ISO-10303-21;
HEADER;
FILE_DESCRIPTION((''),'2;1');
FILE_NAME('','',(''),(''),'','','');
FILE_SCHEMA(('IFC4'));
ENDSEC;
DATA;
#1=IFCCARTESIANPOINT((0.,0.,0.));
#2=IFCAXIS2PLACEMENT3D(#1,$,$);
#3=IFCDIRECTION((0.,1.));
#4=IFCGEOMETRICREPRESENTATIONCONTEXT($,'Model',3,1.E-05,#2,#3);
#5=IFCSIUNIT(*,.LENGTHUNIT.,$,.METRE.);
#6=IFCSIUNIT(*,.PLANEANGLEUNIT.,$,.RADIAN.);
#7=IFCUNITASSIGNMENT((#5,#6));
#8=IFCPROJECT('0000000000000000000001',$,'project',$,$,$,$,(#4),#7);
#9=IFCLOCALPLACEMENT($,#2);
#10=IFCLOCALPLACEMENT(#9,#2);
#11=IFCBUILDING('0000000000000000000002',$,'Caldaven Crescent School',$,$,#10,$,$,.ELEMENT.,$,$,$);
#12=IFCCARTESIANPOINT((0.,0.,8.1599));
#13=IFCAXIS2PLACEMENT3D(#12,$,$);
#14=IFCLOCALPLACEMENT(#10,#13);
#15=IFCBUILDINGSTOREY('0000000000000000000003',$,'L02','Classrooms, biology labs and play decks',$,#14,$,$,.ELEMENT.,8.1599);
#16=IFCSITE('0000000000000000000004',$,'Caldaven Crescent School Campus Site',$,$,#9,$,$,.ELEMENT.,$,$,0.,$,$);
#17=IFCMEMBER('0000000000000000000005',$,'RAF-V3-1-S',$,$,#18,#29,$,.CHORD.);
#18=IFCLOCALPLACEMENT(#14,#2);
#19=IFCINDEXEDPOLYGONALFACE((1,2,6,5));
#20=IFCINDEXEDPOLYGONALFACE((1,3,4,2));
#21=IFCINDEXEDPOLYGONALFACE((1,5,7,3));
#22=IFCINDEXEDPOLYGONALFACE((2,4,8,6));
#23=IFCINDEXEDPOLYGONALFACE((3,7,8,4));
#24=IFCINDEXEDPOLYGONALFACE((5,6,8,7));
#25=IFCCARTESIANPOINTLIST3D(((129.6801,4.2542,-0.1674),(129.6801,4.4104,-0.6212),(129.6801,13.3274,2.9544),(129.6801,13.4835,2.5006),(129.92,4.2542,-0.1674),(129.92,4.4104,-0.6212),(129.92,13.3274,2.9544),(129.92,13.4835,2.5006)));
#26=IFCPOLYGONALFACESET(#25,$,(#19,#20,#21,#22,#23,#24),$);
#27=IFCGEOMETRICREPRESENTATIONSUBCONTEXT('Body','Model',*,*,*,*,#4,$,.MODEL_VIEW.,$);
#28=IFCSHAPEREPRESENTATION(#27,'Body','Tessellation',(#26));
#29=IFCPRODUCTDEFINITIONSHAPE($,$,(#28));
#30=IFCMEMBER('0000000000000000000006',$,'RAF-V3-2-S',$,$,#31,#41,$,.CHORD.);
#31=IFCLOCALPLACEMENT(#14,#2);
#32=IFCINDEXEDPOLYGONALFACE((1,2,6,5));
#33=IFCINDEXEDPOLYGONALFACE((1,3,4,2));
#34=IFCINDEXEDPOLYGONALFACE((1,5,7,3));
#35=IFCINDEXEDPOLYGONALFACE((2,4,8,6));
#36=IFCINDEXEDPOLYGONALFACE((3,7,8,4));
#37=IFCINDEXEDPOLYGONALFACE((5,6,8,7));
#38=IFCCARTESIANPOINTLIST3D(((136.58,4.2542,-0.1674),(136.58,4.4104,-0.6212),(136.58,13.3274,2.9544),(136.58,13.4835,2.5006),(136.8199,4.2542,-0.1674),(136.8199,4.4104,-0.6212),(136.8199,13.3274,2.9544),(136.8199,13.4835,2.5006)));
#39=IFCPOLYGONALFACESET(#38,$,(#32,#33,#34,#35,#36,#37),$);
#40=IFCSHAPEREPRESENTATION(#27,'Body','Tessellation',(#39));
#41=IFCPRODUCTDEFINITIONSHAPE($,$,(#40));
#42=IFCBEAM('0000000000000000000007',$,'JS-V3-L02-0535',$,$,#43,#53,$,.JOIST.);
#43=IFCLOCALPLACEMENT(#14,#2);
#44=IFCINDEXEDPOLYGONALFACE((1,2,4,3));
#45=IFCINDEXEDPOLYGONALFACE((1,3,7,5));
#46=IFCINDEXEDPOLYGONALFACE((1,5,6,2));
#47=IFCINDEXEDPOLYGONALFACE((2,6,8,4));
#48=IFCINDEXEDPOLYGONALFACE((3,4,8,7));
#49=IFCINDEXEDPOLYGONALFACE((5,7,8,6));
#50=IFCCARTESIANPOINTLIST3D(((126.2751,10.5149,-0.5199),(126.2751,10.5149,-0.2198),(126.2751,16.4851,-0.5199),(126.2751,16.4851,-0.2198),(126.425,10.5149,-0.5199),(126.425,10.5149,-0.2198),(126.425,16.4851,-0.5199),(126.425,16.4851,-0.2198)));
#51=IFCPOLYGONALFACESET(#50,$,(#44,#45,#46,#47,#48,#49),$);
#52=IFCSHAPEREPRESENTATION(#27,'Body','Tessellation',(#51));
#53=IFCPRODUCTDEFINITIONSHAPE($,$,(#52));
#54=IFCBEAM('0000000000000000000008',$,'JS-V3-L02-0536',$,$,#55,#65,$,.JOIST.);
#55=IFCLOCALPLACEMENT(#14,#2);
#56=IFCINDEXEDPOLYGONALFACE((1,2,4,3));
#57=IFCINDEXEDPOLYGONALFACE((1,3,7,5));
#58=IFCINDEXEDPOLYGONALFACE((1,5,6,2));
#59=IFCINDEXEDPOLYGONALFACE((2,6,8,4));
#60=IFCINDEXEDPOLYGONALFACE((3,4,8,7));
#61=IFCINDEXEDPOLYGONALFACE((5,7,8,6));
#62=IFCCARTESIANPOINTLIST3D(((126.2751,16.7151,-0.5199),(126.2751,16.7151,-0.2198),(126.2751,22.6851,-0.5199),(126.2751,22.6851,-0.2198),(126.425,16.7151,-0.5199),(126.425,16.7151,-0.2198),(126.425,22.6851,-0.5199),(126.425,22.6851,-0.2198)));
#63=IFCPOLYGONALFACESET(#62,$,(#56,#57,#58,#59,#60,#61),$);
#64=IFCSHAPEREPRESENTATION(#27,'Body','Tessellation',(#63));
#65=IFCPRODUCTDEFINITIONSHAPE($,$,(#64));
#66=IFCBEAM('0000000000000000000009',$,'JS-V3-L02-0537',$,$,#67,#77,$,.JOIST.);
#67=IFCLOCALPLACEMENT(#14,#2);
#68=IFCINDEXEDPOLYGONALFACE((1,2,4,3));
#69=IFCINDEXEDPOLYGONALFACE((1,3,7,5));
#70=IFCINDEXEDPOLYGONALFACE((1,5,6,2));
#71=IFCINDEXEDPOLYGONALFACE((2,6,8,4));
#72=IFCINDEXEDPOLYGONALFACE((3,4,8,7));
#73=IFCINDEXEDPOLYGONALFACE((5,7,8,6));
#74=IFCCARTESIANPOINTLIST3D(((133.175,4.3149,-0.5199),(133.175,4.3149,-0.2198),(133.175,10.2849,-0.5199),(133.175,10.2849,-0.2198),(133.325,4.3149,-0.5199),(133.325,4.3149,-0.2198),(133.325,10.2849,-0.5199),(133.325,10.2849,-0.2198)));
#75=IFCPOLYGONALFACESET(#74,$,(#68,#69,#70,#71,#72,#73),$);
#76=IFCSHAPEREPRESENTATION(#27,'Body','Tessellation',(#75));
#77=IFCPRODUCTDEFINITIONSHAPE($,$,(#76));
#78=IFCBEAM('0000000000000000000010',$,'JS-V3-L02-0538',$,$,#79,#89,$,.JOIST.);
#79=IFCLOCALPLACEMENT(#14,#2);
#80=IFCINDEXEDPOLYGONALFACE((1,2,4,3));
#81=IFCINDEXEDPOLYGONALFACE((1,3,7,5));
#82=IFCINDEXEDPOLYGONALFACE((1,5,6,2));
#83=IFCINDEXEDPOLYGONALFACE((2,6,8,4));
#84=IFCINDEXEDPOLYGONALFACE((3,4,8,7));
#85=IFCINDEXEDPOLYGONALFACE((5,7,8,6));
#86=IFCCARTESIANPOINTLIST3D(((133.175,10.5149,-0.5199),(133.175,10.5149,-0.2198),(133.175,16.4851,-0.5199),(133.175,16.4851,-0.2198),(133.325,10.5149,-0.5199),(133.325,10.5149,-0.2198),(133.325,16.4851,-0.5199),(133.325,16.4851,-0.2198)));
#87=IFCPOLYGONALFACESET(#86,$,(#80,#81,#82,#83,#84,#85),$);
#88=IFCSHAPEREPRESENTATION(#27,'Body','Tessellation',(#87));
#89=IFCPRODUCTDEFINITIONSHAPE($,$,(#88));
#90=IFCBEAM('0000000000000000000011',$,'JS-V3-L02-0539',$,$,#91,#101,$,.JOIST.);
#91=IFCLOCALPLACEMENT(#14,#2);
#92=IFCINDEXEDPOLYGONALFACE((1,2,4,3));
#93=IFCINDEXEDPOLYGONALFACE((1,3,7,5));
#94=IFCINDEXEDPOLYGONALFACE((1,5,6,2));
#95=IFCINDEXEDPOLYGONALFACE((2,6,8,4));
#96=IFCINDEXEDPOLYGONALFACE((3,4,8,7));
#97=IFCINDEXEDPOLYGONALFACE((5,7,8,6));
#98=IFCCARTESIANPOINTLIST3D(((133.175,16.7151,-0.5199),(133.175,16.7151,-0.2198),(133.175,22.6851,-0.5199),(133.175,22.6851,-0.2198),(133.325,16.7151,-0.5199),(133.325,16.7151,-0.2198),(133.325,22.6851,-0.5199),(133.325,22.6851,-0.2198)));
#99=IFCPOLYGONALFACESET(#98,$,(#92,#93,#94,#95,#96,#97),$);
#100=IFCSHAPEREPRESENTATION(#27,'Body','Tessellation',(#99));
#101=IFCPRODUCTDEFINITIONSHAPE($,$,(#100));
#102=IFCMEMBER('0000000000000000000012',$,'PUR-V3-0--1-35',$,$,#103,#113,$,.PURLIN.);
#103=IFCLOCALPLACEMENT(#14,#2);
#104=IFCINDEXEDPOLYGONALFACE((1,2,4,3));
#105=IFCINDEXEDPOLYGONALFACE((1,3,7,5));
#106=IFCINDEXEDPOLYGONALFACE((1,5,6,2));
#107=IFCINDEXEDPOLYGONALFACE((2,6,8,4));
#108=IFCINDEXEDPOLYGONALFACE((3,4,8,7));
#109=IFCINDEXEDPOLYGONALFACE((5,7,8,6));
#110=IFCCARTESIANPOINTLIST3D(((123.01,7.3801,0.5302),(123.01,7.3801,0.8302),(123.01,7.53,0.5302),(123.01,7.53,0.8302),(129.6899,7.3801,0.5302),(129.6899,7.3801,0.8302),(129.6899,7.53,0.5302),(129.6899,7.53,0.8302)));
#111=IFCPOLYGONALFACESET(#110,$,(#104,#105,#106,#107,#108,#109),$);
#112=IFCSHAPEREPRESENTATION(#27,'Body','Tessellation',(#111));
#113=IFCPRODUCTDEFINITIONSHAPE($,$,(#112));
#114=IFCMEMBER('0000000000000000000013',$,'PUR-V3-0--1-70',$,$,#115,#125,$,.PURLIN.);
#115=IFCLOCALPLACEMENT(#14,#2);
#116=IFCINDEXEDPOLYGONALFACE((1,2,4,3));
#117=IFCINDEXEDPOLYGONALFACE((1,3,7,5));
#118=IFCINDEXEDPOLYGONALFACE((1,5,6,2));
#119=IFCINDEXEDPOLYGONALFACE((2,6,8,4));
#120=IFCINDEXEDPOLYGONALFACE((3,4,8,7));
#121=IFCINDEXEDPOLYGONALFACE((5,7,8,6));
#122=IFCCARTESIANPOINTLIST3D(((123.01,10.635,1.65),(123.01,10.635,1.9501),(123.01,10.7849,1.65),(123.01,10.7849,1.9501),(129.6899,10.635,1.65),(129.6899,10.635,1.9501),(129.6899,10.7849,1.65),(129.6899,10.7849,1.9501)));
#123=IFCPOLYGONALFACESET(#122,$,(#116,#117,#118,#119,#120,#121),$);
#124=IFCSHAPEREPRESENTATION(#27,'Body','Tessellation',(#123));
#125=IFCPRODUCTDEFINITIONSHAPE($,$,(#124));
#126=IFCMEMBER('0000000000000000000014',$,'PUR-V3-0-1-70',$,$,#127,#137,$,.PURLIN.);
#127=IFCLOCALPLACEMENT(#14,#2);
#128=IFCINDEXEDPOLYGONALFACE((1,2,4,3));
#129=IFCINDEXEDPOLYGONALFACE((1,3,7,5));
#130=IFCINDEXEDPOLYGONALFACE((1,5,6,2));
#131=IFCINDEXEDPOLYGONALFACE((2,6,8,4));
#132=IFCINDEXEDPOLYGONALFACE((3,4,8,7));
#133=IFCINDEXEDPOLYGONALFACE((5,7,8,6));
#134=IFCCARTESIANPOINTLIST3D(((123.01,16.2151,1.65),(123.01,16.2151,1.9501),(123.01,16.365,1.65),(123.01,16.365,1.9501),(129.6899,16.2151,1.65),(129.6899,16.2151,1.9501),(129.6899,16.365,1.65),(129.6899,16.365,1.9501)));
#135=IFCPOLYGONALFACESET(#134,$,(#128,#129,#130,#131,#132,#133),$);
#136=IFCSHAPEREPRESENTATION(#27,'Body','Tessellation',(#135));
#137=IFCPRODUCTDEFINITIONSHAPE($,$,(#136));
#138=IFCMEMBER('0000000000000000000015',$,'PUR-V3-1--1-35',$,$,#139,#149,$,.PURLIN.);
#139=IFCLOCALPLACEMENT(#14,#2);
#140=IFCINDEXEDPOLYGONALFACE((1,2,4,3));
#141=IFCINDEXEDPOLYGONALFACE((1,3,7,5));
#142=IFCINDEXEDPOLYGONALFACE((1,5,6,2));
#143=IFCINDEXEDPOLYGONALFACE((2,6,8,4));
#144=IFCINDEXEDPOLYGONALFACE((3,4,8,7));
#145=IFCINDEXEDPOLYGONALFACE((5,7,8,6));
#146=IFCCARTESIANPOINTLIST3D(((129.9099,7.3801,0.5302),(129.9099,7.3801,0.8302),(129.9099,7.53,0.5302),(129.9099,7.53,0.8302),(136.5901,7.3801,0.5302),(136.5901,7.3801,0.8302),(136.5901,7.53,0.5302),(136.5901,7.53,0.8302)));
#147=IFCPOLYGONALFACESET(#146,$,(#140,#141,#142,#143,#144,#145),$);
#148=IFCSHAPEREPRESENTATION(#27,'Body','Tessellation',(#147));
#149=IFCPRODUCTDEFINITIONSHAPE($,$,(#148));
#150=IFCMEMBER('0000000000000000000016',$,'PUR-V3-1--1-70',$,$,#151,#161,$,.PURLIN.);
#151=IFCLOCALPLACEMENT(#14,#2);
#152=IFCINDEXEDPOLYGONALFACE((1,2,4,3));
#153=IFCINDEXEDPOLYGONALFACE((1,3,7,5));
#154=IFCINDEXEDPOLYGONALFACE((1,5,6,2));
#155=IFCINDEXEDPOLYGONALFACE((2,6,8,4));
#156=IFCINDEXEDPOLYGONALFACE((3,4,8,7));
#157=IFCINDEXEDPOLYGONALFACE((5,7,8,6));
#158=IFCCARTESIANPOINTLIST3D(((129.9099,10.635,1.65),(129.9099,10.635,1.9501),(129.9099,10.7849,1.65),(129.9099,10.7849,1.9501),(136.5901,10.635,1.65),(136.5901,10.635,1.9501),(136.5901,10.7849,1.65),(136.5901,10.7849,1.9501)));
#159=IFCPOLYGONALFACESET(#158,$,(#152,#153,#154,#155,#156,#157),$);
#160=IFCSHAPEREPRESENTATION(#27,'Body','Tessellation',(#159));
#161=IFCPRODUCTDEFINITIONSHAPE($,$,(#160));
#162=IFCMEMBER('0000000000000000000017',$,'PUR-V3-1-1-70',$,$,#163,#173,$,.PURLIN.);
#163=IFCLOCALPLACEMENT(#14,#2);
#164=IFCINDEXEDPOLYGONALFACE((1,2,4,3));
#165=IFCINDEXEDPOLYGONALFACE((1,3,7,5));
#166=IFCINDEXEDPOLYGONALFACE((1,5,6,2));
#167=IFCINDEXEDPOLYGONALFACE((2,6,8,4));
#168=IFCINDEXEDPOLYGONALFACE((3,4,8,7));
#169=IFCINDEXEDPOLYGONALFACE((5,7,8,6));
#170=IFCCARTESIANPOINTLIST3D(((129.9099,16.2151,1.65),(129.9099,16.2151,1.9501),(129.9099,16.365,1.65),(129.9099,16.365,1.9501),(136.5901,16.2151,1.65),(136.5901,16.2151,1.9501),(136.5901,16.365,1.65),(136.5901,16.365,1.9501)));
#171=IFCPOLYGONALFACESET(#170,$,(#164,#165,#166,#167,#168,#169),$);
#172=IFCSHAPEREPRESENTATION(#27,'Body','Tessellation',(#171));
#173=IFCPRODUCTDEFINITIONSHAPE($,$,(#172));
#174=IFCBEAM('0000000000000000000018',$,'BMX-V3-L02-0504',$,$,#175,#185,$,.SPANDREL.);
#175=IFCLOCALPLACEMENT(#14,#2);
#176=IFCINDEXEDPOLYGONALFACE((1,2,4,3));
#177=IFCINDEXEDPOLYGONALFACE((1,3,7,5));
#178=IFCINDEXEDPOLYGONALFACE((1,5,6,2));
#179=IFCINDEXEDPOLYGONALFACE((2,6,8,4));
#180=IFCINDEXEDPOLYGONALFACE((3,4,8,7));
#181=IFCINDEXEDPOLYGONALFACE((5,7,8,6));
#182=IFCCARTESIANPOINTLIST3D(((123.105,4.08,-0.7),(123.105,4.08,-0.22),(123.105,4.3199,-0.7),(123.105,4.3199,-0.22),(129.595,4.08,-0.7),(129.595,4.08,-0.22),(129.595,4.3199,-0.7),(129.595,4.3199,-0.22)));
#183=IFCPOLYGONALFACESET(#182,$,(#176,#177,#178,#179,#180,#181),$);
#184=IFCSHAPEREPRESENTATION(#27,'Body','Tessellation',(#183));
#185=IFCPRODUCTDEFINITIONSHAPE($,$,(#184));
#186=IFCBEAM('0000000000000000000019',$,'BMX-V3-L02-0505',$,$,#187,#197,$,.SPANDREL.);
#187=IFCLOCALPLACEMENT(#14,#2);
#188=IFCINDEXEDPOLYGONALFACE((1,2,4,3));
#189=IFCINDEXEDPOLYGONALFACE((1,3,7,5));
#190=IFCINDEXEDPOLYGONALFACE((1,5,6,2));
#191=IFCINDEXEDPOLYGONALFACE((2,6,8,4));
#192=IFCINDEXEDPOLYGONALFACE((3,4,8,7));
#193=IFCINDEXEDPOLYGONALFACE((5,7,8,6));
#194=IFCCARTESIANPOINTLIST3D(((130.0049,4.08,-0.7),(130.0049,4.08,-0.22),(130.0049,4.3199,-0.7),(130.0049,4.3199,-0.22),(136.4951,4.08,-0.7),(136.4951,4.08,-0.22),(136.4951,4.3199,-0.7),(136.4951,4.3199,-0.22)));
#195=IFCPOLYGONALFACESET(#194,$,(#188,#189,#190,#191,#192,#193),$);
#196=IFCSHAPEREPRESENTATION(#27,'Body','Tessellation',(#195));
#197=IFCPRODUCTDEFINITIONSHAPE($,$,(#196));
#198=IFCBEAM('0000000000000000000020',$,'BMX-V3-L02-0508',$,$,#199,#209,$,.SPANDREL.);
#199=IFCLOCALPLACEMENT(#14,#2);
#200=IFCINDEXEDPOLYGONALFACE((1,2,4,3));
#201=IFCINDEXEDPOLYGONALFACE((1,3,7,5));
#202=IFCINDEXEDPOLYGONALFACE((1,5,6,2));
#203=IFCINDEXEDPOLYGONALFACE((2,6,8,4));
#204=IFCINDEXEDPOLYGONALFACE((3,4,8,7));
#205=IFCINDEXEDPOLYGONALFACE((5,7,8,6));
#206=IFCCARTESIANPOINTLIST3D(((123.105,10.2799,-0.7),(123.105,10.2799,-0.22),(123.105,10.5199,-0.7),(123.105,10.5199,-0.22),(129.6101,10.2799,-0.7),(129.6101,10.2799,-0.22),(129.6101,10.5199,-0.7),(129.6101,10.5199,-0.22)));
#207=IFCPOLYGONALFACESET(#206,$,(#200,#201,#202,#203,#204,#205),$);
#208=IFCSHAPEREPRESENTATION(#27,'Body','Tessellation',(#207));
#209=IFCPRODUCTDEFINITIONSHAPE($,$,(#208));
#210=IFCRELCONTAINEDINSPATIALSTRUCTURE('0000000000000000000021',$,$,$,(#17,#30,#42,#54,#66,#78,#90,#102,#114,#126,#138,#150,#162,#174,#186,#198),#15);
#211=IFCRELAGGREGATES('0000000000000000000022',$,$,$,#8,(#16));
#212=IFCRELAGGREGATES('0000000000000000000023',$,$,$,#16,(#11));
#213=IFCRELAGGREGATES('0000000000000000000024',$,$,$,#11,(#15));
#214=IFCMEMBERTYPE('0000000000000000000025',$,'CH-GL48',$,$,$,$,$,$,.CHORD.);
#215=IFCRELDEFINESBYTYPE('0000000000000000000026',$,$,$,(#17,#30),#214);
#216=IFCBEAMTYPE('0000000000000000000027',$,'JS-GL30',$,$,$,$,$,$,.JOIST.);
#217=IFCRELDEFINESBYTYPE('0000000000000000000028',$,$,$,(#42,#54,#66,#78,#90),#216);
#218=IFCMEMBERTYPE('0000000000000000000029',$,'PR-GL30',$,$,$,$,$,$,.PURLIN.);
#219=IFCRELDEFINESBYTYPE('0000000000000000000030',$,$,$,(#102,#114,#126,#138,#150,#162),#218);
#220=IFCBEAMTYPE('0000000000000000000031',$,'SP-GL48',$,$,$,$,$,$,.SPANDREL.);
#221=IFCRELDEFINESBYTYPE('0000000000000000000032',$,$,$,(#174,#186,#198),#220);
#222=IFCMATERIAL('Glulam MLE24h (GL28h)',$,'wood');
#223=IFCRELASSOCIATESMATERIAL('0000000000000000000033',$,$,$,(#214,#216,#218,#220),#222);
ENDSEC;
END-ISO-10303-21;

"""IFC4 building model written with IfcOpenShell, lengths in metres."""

from ifc_helpers import new_model, si_unit, direction, frame, origin, origin_2d, place, context, subcontext, project, spatial, rectangle, extrude, material, material_profile, profile_set, type_object, element, save


model = new_model("IFC4")

# Units and contexts
model_context = context("Model", 3, precision=1e-05, world=origin(), true_north=direction((0.0, 1.0)))
body_context = subcontext(model_context, "Body", "Model", "MODEL_VIEW")
ifc_project = project(units=[si_unit("LENGTHUNIT", "METRE"), si_unit("PLANEANGLEUNIT", "RADIAN")], contexts=[model_context])

# Site, building, storey
site_placement = place(None, origin())
site = spatial("IfcSite", under=ifc_project, at=site_placement, Name="Caldaven Crescent School Campus Site", CompositionType="ELEMENT", RefElevation=0.0)
building_placement = place(site_placement, origin())
building = spatial("IfcBuilding", under=site, at=building_placement, Name="Caldaven Crescent School", CompositionType="ELEMENT")
storey_placement = place(building_placement, frame((0.0, 0.0, 8.1599)))
storey = spatial("IfcBuildingStorey", under=building, at=storey_placement, Name="L02", Description="Classrooms, biology labs and play decks", CompositionType="ELEMENT", Elevation=8.1599)

# Shared definitions
ifc_material_1 = material(Name="Glulam MLE24h (GL28h)", Category="wood")

# Members
ifc_material_profile_1 = material_profile(ifc_material_1, rectangle(XDim=0.24, YDim=0.48, at=origin_2d()), Name="MLE 240x480")
ifc_profile_set_1 = profile_set([ifc_material_profile_1], Name="Glulam MLE24h (GL28h)")
member_type_1 = type_object("IfcMemberType", Name="CH-GL48", PredefinedType="CHORD", material=ifc_profile_set_1)
for number, where, z_axis, x_axis, name in (
    (1, (129.8, 4.3323, -0.3943), (0.0, 0.945594, 0.32535), (-1.0, 0.0, 0.0), "RAF-V3-1-S"),
    (2, (136.7, 4.3323, -0.3943), (0.0, 0.945594, 0.32535), (-1.0, 0.0, 0.0), "RAF-V3-2-S"),
):
    element("IfcMember", number, at=place(storey_placement, frame(where, z_axis=z_axis, x_axis=x_axis)), inside=storey, type_object=member_type_1, Name=name, PredefinedType="CHORD", context=body_context, shape_type="SweptSolid", body=[
        extrude(rectangle(XDim=0.24, YDim=0.48, at=origin_2d()), origin(), (0.0, 0.0, 1.0), 9.5952),
    ])

# Beams
ifc_material_profile_2 = material_profile(ifc_material_1, rectangle(XDim=0.1499, YDim=0.3, at=origin_2d()), Name="MLE 150x300")
ifc_profile_set_2 = profile_set([ifc_material_profile_2], Name="Glulam MLE24h (GL28h)")
beam_type_1 = type_object("IfcBeamType", Name="JS-GL30", PredefinedType="JOIST", material=ifc_profile_set_2)
beam_1_placement = place(storey_placement, frame((126.3501, 10.5149, -0.3699), z_axis=(0.0, 1.0, 0.0), x_axis=(-1.0, 0.0, 0.0)))
element("IfcBeam", 3, at=beam_1_placement, inside=storey, type_object=beam_type_1, Name="JS-V3-L02-0535", PredefinedType="JOIST", context=body_context, shape_type="SweptSolid", body=[
    extrude(rectangle(XDim=0.1499, YDim=0.3, at=origin_2d()), origin(), (0.0, 0.0, 1.0), 5.9702),
])
for number, where, z_axis, x_axis, name in (
    (4, (126.3501, 16.7151, -0.3699), (0.0, 1.0, 0.0), (-1.0, 0.0, 0.0), "JS-V3-L02-0536"),
    (5, (133.25, 4.3149, -0.3699), (0.0, 1.0, 0.0), (-1.0, 0.0, 0.0), "JS-V3-L02-0537"),
):
    element("IfcBeam", number, at=place(storey_placement, frame(where, z_axis=z_axis, x_axis=x_axis)), inside=storey, type_object=beam_type_1, Name=name, PredefinedType="JOIST", context=body_context, shape_type="SweptSolid", body=[
        extrude(rectangle(XDim=0.1499, YDim=0.3, at=origin_2d()), origin(), (0.0, 0.0, 1.0), 5.97),
    ])
beam_2_placement = place(storey_placement, frame((133.25, 10.5149, -0.3699), z_axis=(0.0, 1.0, 0.0), x_axis=(-1.0, 0.0, 0.0)))
element("IfcBeam", 6, at=beam_2_placement, inside=storey, type_object=beam_type_1, Name="JS-V3-L02-0538", PredefinedType="JOIST", context=body_context, shape_type="SweptSolid", body=[
    extrude(rectangle(XDim=0.1499, YDim=0.3, at=origin_2d()), origin(), (0.0, 0.0, 1.0), 5.9702),
])
beam_3_placement = place(storey_placement, frame((133.25, 16.7151, -0.3699), z_axis=(0.0, 1.0, 0.0), x_axis=(-1.0, 0.0, 0.0)))
element("IfcBeam", 7, at=beam_3_placement, inside=storey, type_object=beam_type_1, Name="JS-V3-L02-0539", PredefinedType="JOIST", context=body_context, shape_type="SweptSolid", body=[
    extrude(rectangle(XDim=0.1499, YDim=0.3, at=origin_2d()), origin(), (0.0, 0.0, 1.0), 5.97),
])

# Members
ifc_material_profile_3 = material_profile(ifc_material_1, rectangle(XDim=0.1499, YDim=0.3, at=origin_2d()), Name="MLE 150x300")
ifc_profile_set_3 = profile_set([ifc_material_profile_3], Name="Glulam MLE24h (GL28h)")
member_type_2 = type_object("IfcMemberType", Name="PR-GL30", PredefinedType="PURLIN", material=ifc_profile_set_3)
for number, where, z_axis, x_axis, name in (
    (8, (123.01, 7.4551, 0.6802), (1.0, 0.0, 0.0), (0.0, 1.0, 0.0), "PUR-V3-0--1-35"),
    (9, (123.01, 10.71, 1.8), (1.0, 0.0, 0.0), (0.0, 1.0, 0.0), "PUR-V3-0--1-70"),
    (10, (123.01, 16.29, 1.8), (1.0, 0.0, 0.0), (0.0, 1.0, 0.0), "PUR-V3-0-1-70"),
):
    element("IfcMember", number, at=place(storey_placement, frame(where, z_axis=z_axis, x_axis=x_axis)), inside=storey, type_object=member_type_2, Name=name, PredefinedType="PURLIN", context=body_context, shape_type="SweptSolid", body=[
        extrude(rectangle(XDim=0.1499, YDim=0.3, at=origin_2d()), origin(), (0.0, 0.0, 1.0), 6.6799),
    ])
for number, where, z_axis, x_axis, name in (
    (11, (129.9099, 7.4551, 0.6802), (1.0, 0.0, 0.0), (0.0, 1.0, 0.0), "PUR-V3-1--1-35"),
    (12, (129.9099, 10.71, 1.8), (1.0, 0.0, 0.0), (0.0, 1.0, 0.0), "PUR-V3-1--1-70"),
    (13, (129.9099, 16.29, 1.8), (1.0, 0.0, 0.0), (0.0, 1.0, 0.0), "PUR-V3-1-1-70"),
):
    element("IfcMember", number, at=place(storey_placement, frame(where, z_axis=z_axis, x_axis=x_axis)), inside=storey, type_object=member_type_2, Name=name, PredefinedType="PURLIN", context=body_context, shape_type="SweptSolid", body=[
        extrude(rectangle(XDim=0.1499, YDim=0.3, at=origin_2d()), origin(), (0.0, 0.0, 1.0), 6.6802),
    ])

# Beams
ifc_material_profile_4 = material_profile(ifc_material_1, rectangle(XDim=0.24, YDim=0.48, at=origin_2d()), Name="MLE 240x480")
ifc_profile_set_4 = profile_set([ifc_material_profile_4], Name="Glulam MLE24h (GL28h)")
beam_type_2 = type_object("IfcBeamType", Name="SP-GL48", PredefinedType="SPANDREL", material=ifc_profile_set_4)
beam_4_placement = place(storey_placement, frame((123.105, 4.2, -0.46), z_axis=(1.0, 0.0, 0.0), x_axis=(0.0, 1.0, 0.0)))
element("IfcBeam", 14, at=beam_4_placement, inside=storey, type_object=beam_type_2, Name="BMX-V3-L02-0504", PredefinedType="SPANDREL", context=body_context, shape_type="SweptSolid", body=[
    extrude(rectangle(XDim=0.24, YDim=0.48, at=origin_2d()), origin(), (0.0, 0.0, 1.0), 6.49),
])
beam_5_placement = place(storey_placement, frame((130.0049, 4.2, -0.46), z_axis=(1.0, 0.0, 0.0), x_axis=(0.0, 1.0, 0.0)))
element("IfcBeam", 15, at=beam_5_placement, inside=storey, type_object=beam_type_2, Name="BMX-V3-L02-0505", PredefinedType="SPANDREL", context=body_context, shape_type="SweptSolid", body=[
    extrude(rectangle(XDim=0.24, YDim=0.48, at=origin_2d()), origin(), (0.0, 0.0, 1.0), 6.4902),
])
beam_6_placement = place(storey_placement, frame((123.105, 10.3999, -0.46), z_axis=(1.0, 0.0, 0.0), x_axis=(0.0, 1.0, 0.0)))
element("IfcBeam", 16, at=beam_6_placement, inside=storey, type_object=beam_type_2, Name="BMX-V3-L02-0508", PredefinedType="SPANDREL", context=body_context, shape_type="SweptSolid", body=[
    extrude(rectangle(XDim=0.24, YDim=0.48, at=origin_2d()), origin(), (0.0, 0.0, 1.0), 6.5051),
])

save(model, "model.ifc")
